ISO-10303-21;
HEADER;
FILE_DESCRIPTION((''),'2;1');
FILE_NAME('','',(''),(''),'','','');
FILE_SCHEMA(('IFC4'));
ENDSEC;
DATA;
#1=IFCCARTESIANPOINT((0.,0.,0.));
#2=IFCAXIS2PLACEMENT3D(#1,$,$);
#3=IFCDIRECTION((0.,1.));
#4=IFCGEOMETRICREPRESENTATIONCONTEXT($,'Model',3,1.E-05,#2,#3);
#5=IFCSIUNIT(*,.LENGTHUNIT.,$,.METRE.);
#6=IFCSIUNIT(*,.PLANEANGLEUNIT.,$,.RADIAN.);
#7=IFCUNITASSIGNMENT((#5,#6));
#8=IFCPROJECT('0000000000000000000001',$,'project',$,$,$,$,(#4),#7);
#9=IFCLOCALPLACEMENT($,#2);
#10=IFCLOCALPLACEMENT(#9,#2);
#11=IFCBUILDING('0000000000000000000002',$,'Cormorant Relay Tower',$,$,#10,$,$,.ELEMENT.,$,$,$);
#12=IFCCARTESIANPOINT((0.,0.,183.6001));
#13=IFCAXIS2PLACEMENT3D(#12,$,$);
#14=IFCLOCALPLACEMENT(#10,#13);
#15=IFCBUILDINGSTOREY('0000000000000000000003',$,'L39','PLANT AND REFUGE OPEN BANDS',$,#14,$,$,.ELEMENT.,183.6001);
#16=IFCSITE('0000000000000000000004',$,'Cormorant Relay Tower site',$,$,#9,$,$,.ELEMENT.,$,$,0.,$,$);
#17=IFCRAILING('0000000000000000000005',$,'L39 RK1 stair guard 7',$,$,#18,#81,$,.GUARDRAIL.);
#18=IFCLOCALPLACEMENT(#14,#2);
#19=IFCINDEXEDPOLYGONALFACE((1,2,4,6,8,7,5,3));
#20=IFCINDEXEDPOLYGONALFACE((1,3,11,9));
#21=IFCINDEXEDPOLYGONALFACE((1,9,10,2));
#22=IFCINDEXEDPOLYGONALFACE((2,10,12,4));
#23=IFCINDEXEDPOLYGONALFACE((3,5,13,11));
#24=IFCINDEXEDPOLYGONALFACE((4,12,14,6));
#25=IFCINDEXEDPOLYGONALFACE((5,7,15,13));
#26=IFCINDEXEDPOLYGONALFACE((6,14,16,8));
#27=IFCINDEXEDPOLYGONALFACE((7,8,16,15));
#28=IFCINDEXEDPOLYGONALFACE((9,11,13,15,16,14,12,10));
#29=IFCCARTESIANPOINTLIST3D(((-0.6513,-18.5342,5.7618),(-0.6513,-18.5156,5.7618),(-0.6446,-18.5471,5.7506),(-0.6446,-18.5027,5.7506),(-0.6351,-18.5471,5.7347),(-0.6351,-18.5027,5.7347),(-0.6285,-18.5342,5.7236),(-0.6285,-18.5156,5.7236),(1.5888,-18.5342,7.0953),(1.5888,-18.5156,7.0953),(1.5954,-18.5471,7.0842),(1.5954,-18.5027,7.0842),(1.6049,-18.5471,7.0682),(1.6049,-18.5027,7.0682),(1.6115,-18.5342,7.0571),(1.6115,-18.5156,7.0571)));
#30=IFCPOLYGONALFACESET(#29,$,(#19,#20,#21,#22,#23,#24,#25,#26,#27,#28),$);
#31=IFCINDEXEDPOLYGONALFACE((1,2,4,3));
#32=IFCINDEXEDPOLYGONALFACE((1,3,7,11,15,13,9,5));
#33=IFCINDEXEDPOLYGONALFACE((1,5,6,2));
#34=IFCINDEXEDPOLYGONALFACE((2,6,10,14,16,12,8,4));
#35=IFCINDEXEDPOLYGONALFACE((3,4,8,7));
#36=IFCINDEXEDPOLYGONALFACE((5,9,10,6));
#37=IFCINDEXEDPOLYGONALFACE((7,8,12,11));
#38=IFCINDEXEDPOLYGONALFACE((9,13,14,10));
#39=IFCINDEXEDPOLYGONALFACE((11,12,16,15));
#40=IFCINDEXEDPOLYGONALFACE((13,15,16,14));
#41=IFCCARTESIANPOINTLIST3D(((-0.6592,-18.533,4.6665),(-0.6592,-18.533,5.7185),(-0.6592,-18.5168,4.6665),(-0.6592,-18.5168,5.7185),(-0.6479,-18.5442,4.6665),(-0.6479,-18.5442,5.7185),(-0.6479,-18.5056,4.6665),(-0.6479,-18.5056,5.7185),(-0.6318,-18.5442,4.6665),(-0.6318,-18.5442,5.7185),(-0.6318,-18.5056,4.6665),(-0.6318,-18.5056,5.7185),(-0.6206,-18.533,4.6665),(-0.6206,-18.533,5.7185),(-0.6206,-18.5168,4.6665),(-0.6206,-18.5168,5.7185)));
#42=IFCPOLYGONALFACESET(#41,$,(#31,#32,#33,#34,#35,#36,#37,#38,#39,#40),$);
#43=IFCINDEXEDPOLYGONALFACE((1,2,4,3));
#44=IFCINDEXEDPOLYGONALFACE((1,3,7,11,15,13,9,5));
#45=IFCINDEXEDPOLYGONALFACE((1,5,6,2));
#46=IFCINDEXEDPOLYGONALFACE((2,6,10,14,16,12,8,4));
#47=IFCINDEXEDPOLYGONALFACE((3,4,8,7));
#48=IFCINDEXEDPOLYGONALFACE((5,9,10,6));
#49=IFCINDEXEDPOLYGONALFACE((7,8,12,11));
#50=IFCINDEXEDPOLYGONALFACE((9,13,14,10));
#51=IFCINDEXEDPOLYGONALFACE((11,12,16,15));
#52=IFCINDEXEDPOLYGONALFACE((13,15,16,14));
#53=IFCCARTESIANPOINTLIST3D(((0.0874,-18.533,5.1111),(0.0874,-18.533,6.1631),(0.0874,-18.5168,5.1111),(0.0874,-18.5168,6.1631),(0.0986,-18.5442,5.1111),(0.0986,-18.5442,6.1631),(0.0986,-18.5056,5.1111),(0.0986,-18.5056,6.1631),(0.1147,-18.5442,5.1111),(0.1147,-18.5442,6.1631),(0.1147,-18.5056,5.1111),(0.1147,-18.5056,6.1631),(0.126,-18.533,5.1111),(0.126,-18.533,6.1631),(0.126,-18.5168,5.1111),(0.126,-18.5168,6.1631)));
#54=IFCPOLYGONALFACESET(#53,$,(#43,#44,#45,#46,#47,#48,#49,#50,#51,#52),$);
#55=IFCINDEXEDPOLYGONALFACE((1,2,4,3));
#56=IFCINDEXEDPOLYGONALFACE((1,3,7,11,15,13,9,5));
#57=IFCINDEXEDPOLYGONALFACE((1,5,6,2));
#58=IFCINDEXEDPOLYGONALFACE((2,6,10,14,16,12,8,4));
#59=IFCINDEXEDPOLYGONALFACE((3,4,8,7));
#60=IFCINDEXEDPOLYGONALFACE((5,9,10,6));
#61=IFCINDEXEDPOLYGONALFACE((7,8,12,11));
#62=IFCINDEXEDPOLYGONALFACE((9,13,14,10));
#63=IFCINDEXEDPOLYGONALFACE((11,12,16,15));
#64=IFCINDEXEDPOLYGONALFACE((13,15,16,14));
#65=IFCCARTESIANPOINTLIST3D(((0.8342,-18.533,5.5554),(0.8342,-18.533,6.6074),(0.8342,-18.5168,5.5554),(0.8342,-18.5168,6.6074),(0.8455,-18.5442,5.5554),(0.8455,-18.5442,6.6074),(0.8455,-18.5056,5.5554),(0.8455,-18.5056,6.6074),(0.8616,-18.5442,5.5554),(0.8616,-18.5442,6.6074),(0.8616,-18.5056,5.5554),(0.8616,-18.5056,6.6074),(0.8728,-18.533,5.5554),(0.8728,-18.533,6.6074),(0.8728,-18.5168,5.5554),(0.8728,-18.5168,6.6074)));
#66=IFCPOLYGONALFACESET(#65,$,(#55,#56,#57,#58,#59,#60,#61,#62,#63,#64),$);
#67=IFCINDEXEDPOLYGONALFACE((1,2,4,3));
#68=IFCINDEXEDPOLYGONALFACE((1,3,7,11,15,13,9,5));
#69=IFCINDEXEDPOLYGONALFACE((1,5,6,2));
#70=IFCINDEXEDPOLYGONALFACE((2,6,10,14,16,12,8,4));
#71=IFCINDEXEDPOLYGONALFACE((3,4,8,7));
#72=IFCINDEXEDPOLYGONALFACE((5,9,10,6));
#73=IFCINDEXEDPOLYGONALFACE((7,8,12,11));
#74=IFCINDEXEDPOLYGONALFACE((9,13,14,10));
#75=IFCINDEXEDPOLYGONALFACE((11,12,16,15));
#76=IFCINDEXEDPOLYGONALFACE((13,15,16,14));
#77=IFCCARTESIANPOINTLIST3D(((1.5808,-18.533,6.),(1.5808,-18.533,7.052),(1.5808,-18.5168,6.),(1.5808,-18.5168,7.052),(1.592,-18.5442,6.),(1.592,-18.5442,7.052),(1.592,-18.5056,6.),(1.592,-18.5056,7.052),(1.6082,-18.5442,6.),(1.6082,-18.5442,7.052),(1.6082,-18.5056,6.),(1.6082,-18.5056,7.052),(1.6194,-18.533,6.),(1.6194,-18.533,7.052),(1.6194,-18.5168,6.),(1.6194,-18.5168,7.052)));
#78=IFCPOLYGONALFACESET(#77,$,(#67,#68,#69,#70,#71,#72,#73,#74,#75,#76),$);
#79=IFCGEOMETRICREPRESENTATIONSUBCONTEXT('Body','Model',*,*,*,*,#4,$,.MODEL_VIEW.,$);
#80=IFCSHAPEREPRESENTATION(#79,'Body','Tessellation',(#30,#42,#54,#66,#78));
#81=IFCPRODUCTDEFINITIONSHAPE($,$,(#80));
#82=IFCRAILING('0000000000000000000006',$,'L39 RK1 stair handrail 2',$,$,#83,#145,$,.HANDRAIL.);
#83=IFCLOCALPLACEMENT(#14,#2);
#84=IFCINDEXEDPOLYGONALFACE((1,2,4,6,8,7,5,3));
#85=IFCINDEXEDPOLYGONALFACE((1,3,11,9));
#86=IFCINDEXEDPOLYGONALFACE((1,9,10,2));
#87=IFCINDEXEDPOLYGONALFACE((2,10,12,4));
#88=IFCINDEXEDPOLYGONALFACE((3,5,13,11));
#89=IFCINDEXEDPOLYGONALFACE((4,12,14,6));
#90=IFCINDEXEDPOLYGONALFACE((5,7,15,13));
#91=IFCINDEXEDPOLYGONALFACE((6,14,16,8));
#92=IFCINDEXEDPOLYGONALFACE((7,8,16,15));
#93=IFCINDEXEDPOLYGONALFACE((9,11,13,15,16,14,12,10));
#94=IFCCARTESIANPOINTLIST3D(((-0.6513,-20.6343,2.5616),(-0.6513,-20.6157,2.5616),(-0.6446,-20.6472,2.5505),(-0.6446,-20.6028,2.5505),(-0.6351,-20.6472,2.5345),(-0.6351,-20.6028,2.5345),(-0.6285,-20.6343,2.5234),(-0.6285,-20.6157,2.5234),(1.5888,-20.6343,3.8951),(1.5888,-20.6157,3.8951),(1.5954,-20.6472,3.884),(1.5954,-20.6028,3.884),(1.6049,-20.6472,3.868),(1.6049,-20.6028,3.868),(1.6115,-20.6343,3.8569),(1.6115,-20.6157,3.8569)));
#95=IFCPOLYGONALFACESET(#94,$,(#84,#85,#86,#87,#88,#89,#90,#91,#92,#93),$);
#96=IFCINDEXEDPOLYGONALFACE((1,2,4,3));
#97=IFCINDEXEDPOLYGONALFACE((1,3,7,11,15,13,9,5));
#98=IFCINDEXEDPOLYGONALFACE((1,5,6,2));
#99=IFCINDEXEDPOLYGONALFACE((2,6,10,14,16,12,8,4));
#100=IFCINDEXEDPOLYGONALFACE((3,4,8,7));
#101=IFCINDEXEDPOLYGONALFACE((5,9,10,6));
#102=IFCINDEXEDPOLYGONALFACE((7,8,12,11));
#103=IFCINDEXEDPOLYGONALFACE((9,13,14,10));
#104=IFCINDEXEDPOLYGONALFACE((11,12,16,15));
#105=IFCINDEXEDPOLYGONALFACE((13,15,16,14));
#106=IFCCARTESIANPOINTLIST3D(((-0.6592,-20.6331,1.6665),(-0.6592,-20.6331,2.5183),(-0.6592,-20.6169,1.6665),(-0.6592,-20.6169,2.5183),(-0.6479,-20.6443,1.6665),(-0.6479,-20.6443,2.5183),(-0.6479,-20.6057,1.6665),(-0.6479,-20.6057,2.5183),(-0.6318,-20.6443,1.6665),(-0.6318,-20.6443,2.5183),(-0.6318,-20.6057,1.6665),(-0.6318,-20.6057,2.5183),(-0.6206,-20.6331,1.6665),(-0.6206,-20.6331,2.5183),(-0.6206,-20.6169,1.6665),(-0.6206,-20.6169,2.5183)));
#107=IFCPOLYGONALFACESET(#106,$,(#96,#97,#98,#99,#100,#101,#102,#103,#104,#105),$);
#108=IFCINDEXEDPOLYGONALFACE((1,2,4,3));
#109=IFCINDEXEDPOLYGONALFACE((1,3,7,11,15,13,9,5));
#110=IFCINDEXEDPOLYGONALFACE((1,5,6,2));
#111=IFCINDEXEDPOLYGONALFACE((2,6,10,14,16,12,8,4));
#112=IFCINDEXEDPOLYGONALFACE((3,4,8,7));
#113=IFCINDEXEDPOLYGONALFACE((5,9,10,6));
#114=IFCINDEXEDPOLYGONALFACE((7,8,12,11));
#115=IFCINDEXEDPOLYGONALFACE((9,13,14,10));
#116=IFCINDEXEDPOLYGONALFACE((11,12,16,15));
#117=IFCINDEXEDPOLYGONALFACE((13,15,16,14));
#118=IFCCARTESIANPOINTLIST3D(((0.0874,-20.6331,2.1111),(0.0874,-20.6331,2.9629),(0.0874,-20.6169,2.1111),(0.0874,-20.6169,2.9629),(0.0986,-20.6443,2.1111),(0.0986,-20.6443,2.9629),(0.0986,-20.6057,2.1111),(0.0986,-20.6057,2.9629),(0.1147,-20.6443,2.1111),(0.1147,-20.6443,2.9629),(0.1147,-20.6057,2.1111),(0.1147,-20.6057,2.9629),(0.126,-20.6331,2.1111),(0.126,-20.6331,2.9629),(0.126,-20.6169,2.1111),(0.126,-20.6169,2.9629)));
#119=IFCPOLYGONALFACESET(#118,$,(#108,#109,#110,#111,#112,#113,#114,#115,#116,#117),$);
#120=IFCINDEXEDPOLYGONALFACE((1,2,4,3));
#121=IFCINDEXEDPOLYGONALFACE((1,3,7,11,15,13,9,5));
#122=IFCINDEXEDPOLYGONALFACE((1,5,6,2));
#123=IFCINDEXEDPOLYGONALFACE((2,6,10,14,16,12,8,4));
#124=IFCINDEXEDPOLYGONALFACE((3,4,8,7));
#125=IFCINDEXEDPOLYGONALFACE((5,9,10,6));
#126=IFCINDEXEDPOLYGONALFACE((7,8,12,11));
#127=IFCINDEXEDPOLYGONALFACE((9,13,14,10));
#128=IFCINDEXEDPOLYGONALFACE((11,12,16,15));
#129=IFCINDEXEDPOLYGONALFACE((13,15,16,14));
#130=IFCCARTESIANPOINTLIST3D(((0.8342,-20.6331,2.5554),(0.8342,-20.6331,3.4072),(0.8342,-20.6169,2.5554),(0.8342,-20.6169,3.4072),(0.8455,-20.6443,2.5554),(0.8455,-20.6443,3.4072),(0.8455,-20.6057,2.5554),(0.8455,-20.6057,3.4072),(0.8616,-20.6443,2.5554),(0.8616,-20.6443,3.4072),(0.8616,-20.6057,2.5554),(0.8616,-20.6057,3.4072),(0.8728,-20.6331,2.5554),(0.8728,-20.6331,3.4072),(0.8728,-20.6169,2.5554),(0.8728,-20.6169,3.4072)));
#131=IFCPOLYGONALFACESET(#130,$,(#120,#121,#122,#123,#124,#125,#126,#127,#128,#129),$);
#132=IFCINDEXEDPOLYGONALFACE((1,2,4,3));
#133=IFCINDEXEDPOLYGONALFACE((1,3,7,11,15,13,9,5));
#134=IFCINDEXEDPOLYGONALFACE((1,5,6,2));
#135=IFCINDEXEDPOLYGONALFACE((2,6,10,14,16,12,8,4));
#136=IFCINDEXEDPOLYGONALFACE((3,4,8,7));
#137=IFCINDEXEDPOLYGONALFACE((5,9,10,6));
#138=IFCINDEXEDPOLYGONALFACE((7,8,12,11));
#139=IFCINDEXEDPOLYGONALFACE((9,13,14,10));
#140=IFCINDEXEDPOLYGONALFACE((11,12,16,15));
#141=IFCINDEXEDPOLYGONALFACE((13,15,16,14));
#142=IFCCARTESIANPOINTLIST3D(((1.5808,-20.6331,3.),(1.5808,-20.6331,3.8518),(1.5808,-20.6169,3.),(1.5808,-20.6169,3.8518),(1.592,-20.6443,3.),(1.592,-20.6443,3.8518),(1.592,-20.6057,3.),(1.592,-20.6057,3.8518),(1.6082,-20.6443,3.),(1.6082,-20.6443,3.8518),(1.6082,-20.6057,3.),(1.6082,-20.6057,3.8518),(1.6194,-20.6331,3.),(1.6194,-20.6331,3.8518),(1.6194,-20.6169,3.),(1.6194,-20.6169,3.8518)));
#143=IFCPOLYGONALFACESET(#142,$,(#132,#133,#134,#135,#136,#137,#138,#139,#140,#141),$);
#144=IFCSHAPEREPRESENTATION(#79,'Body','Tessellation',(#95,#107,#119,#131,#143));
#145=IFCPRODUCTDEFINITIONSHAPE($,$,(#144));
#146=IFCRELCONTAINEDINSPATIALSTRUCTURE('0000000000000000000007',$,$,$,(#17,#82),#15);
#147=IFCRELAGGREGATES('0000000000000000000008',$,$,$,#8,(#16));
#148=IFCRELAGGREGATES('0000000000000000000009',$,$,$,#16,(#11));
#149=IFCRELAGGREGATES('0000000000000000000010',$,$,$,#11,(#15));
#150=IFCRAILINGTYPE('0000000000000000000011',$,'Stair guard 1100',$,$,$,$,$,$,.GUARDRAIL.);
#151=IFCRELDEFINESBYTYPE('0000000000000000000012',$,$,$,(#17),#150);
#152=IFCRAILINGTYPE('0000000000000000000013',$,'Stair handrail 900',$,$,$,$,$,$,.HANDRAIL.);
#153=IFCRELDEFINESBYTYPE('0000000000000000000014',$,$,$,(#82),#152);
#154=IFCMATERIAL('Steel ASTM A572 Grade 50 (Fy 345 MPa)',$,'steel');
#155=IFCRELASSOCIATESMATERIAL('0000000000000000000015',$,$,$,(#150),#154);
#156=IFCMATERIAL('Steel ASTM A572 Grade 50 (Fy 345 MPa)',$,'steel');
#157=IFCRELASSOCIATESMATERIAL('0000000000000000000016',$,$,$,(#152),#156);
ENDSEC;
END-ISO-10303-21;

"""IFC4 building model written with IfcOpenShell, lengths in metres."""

from ifc_helpers import new_model, si_unit, direction, frame, origin, place, context, subcontext, project, spatial, polyline, outline, extrude, material, type_object, element, save


model = new_model("IFC4")

# Units and contexts
model_context = context("Model", 3, precision=1e-05, world=origin(), true_north=direction((0.0, 1.0)))
body_context = subcontext(model_context, "Body", "Model", "MODEL_VIEW")
ifc_project = project(units=[si_unit("LENGTHUNIT", "METRE"), si_unit("PLANEANGLEUNIT", "RADIAN")], contexts=[model_context])

# Site, building, storey
site_placement = place(None, origin())
site = spatial("IfcSite", under=ifc_project, at=site_placement, Name="Cormorant Relay Tower site", CompositionType="ELEMENT", RefElevation=0.0)
building_placement = place(site_placement, origin())
building = spatial("IfcBuilding", under=site, at=building_placement, Name="Cormorant Relay Tower", CompositionType="ELEMENT")
storey_placement = place(building_placement, frame((0.0, 0.0, 183.6001)))
storey = spatial("IfcBuildingStorey", under=building, at=storey_placement, Name="L39", Description="PLANT AND REFUGE OPEN BANDS", CompositionType="ELEMENT", Elevation=183.6001)

# Railings
ifc_material_1 = material(Name="Steel ASTM A572 Grade 50 (Fy 345 MPa)", Category="steel")
railing_type_1 = type_object("IfcRailingType", Name="Stair guard 1100", PredefinedType="GUARDRAIL", material=ifc_material_1)
railing_1_placement = place(storey_placement, frame((-0.6399, -18.5249, 4.6665)))
element("IfcRailing", 1, at=railing_1_placement, inside=storey, type_object=railing_type_1, Name="L39 RK1 stair guard 7", PredefinedType="GUARDRAIL", context=body_context, shape_type="SweptSolid", body=[
    extrude(outline(polyline([(0.0222, 0.0093), (0.0093, 0.0222), (-0.0093, 0.0222), (-0.0222, 0.0093), (-0.0222, -0.0093), (-0.0093, -0.0222), (0.0093, -0.0222), (0.0222, -0.0093), (0.0222, 0.0093)])), frame((0.0, 0.0, 1.0762), z_axis=(0.859264, 0.0, 0.511532), x_axis=(0.0, 1.0, 0.0)), (0.0, 0.0, 1.0), 2.6069),
    extrude(outline(polyline([(0.0193, 0.0081), (0.0081, 0.0193), (-0.0081, 0.0193), (-0.0193, 0.0081), (-0.0193, -0.0081), (-0.0081, -0.0193), (0.0081, -0.0193), (0.0193, -0.0081), (0.0193, 0.0081)])), origin(), (0.0, 0.0, 1.0), 1.052),
    extrude(outline(polyline([(0.0193, 0.0081), (0.0081, 0.0193), (-0.0081, 0.0193), (-0.0193, 0.0081), (-0.0193, -0.0081), (-0.0081, -0.0193), (0.0081, -0.0193), (0.0193, -0.0081), (0.0193, 0.0081)])), frame((0.7466, 0.0, 0.4446)), (0.0, 0.0, 1.0), 1.052),
    extrude(outline(polyline([(0.0193, 0.0081), (0.0081, 0.0193), (-0.0081, 0.0193), (-0.0193, 0.0081), (-0.0193, -0.0081), (-0.0081, -0.0193), (0.0081, -0.0193), (0.0193, -0.0081), (0.0193, 0.0081)])), frame((1.4934, 0.0, 0.8889)), (0.0, 0.0, 1.0), 1.052),
    extrude(outline(polyline([(0.0193, 0.0081), (0.0081, 0.0193), (-0.0081, 0.0193), (-0.0193, 0.0081), (-0.0193, -0.0081), (-0.0081, -0.0193), (0.0081, -0.0193), (0.0193, -0.0081), (0.0193, 0.0081)])), frame((2.24, 0.0, 1.3335)), (0.0, 0.0, 1.0), 1.052),
])
ifc_material_2 = material(Name="Steel ASTM A572 Grade 50 (Fy 345 MPa)", Category="steel")
railing_type_2 = type_object("IfcRailingType", Name="Stair handrail 900", PredefinedType="HANDRAIL", material=ifc_material_2)
railing_2_placement = place(storey_placement, frame((-0.6399, -20.625, 1.6665)))
element("IfcRailing", 2, at=railing_2_placement, inside=storey, type_object=railing_type_2, Name="L39 RK1 stair handrail 2", PredefinedType="HANDRAIL", context=body_context, shape_type="SweptSolid", body=[
    extrude(outline(polyline([(0.0222, 0.0093), (0.0093, 0.0222), (-0.0093, 0.0222), (-0.0222, 0.0093), (-0.0222, -0.0093), (-0.0093, -0.0222), (0.0093, -0.0222), (0.0222, -0.0093), (0.0222, 0.0093)])), frame((0.0, 0.0, 0.876), z_axis=(0.859264, 0.0, 0.511532), x_axis=(0.0, 1.0, 0.0)), (0.0, 0.0, 1.0), 2.6069),
    extrude(outline(polyline([(0.0193, 0.0081), (0.0081, 0.0193), (-0.0081, 0.0193), (-0.0193, 0.0081), (-0.0193, -0.0081), (-0.0081, -0.0193), (0.0081, -0.0193), (0.0193, -0.0081), (0.0193, 0.0081)])), origin(), (0.0, 0.0, 1.0), 0.8518),
    extrude(outline(polyline([(0.0193, 0.0081), (0.0081, 0.0193), (-0.0081, 0.0193), (-0.0193, 0.0081), (-0.0193, -0.0081), (-0.0081, -0.0193), (0.0081, -0.0193), (0.0193, -0.0081), (0.0193, 0.0081)])), frame((0.7466, 0.0, 0.4446)), (0.0, 0.0, 1.0), 0.8518),
    extrude(outline(polyline([(0.0193, 0.0081), (0.0081, 0.0193), (-0.0081, 0.0193), (-0.0193, 0.0081), (-0.0193, -0.0081), (-0.0081, -0.0193), (0.0081, -0.0193), (0.0193, -0.0081), (0.0193, 0.0081)])), frame((1.4934, 0.0, 0.8889)), (0.0, 0.0, 1.0), 0.8518),
    extrude(outline(polyline([(0.0193, 0.0081), (0.0081, 0.0193), (-0.0081, 0.0193), (-0.0193, 0.0081), (-0.0193, -0.0081), (-0.0081, -0.0193), (0.0081, -0.0193), (0.0193, -0.0081), (0.0193, 0.0081)])), frame((2.24, 0.0, 1.3335)), (0.0, 0.0, 1.0), 0.8518),
])

save(model, "model.ifc")
